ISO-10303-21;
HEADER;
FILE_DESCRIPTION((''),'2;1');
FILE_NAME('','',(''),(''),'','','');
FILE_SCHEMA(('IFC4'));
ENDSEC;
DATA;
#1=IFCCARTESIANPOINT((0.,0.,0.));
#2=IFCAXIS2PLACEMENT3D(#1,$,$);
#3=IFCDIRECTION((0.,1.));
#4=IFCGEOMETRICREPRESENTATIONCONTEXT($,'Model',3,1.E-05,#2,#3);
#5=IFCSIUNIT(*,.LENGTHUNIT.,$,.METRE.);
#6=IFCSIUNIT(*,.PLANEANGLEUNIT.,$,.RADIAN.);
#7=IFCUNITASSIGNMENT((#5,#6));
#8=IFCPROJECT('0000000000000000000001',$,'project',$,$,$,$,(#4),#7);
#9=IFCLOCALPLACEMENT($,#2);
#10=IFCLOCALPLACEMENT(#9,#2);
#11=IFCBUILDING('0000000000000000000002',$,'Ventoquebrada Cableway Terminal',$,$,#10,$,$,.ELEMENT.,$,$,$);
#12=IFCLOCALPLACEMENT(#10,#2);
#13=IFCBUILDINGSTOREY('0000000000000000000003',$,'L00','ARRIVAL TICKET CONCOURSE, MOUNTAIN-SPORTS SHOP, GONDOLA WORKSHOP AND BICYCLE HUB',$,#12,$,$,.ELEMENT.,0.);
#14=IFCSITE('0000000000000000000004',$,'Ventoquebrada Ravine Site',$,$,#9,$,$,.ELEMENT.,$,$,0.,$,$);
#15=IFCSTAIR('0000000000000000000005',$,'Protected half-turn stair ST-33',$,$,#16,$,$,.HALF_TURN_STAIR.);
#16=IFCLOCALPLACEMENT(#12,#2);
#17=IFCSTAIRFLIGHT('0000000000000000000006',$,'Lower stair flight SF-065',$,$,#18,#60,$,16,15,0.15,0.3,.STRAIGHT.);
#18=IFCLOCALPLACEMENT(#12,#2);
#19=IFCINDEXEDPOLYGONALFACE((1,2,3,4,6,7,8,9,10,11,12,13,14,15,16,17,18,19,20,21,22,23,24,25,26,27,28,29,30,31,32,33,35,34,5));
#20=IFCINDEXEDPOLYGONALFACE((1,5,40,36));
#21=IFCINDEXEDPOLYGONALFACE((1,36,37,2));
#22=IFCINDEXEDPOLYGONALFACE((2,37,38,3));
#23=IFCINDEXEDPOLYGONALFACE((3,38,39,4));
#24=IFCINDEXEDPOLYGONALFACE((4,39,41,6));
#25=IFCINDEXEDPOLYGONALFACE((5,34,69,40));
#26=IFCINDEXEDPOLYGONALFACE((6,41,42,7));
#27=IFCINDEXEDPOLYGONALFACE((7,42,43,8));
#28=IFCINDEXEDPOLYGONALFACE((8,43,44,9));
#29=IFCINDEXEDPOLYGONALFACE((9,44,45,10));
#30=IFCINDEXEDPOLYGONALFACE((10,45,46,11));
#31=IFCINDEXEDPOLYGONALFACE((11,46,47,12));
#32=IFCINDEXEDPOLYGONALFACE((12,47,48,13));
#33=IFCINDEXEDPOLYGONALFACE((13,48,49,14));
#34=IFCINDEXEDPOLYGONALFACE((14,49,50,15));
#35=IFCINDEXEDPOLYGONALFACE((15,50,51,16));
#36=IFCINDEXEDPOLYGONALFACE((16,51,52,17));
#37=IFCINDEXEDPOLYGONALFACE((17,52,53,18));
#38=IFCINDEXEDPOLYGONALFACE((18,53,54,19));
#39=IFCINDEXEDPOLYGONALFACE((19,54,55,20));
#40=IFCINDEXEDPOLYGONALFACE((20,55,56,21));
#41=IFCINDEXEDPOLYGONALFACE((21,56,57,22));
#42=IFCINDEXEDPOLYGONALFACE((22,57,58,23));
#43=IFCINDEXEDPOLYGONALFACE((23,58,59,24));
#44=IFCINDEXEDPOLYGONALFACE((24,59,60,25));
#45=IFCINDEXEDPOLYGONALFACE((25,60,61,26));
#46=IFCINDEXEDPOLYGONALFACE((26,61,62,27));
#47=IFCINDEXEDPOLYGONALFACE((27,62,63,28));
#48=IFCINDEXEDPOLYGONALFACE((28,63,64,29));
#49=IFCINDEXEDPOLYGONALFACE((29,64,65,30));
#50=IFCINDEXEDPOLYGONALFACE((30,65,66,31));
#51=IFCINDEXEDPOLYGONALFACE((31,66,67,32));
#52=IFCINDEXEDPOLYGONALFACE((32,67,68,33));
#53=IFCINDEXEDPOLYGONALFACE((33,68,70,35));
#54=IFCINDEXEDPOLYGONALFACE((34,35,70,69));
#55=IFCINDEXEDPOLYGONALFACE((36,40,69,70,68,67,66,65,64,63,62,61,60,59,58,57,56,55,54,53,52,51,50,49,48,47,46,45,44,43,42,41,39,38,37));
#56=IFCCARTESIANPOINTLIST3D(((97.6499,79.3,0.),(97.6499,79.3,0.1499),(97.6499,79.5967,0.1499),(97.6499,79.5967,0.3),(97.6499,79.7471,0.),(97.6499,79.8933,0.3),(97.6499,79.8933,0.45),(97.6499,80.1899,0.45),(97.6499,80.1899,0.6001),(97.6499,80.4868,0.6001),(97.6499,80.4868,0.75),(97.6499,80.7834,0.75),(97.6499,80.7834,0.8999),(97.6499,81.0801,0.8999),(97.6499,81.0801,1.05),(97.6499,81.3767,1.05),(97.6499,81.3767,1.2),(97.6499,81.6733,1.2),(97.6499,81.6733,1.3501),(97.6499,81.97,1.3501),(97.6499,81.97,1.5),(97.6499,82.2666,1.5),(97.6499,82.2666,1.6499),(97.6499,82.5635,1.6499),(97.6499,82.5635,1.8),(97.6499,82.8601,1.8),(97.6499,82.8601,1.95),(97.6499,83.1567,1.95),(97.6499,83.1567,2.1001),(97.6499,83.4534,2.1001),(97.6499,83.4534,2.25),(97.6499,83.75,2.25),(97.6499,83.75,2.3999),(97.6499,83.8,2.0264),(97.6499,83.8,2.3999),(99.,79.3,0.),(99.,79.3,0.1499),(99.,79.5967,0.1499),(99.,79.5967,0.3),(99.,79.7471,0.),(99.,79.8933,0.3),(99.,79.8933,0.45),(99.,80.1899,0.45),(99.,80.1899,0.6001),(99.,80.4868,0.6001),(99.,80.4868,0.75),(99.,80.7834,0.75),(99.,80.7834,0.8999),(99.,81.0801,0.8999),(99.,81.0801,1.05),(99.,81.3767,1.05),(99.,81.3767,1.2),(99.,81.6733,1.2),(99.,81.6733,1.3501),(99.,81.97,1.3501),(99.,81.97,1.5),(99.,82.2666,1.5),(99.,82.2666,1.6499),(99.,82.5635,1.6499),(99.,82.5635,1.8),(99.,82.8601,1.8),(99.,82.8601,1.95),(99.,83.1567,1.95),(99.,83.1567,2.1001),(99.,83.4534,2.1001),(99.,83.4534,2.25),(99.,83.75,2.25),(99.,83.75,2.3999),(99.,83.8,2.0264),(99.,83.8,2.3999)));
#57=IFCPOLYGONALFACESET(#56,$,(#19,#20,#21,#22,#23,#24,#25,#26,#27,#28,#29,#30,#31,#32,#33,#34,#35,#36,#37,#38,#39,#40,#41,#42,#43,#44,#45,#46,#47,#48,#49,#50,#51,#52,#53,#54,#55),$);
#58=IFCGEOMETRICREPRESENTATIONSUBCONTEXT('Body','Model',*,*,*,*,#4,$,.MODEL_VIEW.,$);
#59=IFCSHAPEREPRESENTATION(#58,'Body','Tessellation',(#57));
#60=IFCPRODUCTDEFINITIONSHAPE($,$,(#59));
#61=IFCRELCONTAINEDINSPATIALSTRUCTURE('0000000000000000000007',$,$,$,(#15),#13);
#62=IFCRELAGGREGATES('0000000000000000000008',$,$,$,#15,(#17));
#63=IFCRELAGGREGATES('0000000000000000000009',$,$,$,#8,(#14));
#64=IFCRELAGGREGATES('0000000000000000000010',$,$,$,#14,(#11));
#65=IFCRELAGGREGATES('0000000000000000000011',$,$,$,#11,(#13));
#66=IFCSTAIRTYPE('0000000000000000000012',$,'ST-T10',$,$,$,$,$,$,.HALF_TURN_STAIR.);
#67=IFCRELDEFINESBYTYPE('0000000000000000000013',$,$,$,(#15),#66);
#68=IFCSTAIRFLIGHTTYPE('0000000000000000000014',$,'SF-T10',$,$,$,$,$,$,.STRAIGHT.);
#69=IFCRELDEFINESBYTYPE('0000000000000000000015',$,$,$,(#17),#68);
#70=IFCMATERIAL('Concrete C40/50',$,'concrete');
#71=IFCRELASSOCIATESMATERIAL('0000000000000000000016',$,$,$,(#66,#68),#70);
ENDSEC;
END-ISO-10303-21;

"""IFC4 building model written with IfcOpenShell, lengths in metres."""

from ifc_helpers import new_model, si_unit, direction, frame, origin, place, context, subcontext, project, spatial, polyline, outline, extrude, material, type_object, element, aggregate, save


model = new_model("IFC4")

# Units and contexts
model_context = context("Model", 3, precision=1e-05, world=origin(), true_north=direction((0.0, 1.0)))
body_context = subcontext(model_context, "Body", "Model", "MODEL_VIEW")
ifc_project = project(units=[si_unit("LENGTHUNIT", "METRE"), si_unit("PLANEANGLEUNIT", "RADIAN")], contexts=[model_context])

# Site, building, storey
site_placement = place(None, origin())
site = spatial("IfcSite", under=ifc_project, at=site_placement, Name="Ventoquebrada Ravine Site", CompositionType="ELEMENT", RefElevation=0.0)
building_placement = place(site_placement, origin())
building = spatial("IfcBuilding", under=site, at=building_placement, Name="Ventoquebrada Cableway Terminal", CompositionType="ELEMENT")
storey_placement = place(building_placement, origin())
storey = spatial("IfcBuildingStorey", under=building, at=storey_placement, Name="L00", Description="ARRIVAL TICKET CONCOURSE, MOUNTAIN-SPORTS SHOP, GONDOLA WORKSHOP AND BICYCLE HUB", CompositionType="ELEMENT", Elevation=0.0)

# Shared definitions
ifc_material_1 = material(Name="Concrete C40/50", Category="concrete")

# Stair, stair flight
stair_type = type_object("IfcStairType", Name="ST-T10", PredefinedType="HALF_TURN_STAIR", material=ifc_material_1)
stair_placement = place(storey_placement, origin())
stair = element("IfcStair", 1, at=stair_placement, inside=storey, type_object=stair_type, Name="Protected half-turn stair ST-33", PredefinedType="HALF_TURN_STAIR")
stair_flight_type = type_object("IfcStairFlightType", Name="SF-T10", PredefinedType="STRAIGHT", material=ifc_material_1)
stair_flight_placement = place(storey_placement, frame((98.325, 79.3, 0.0), z_axis=(0.0, 0.0, 1.0), x_axis=(0.0, 1.0, 0.0)))
stair_flight = element("IfcStairFlight", 2, at=stair_flight_placement, type_object=stair_flight_type, Name="Lower stair flight SF-065", NumberOfRisers=16, NumberOfTreads=15, PredefinedType="STRAIGHT", RiserHeight=0.15, TreadLength=0.3, context=body_context, shape_type="SweptSolid", body=[
    extrude(outline(polyline([(0.0, 0.0), (0.0, 0.1499), (0.2966, 0.1499), (0.2966, 0.3), (0.5933, 0.3), (0.5933, 0.45), (0.8899, 0.45), (0.8899, 0.6001), (1.1868, 0.6001), (1.1868, 0.75), (1.4834, 0.75), (1.4834, 0.8999), (1.78, 0.8999), (1.78, 1.05), (2.0767, 1.05), (2.0767, 1.2), (2.3733, 1.2), (2.3733, 1.3501), (2.6699, 1.3501), (2.6699, 1.5), (2.9666, 1.5), (2.9666, 1.6499), (3.2634, 1.6499), (3.2634, 1.8), (3.5601, 1.8), (3.5601, 1.95), (3.8567, 1.95), (3.8567, 2.1001), (4.1533, 2.1001), (4.1533, 2.25), (4.45, 2.25), (4.45, 2.3999), (4.5, 2.3999), (4.5, 2.0264), (0.447, 0.0), (0.0, 0.0)])), frame((0.0, 0.675, 0.0), z_axis=(0.0, -1.0, 0.0), x_axis=(1.0, 0.0, 0.0)), (0.0, 0.0, 1.0), 1.3501),
])
aggregate(stair, [stair_flight])

save(model, "model.ifc")
